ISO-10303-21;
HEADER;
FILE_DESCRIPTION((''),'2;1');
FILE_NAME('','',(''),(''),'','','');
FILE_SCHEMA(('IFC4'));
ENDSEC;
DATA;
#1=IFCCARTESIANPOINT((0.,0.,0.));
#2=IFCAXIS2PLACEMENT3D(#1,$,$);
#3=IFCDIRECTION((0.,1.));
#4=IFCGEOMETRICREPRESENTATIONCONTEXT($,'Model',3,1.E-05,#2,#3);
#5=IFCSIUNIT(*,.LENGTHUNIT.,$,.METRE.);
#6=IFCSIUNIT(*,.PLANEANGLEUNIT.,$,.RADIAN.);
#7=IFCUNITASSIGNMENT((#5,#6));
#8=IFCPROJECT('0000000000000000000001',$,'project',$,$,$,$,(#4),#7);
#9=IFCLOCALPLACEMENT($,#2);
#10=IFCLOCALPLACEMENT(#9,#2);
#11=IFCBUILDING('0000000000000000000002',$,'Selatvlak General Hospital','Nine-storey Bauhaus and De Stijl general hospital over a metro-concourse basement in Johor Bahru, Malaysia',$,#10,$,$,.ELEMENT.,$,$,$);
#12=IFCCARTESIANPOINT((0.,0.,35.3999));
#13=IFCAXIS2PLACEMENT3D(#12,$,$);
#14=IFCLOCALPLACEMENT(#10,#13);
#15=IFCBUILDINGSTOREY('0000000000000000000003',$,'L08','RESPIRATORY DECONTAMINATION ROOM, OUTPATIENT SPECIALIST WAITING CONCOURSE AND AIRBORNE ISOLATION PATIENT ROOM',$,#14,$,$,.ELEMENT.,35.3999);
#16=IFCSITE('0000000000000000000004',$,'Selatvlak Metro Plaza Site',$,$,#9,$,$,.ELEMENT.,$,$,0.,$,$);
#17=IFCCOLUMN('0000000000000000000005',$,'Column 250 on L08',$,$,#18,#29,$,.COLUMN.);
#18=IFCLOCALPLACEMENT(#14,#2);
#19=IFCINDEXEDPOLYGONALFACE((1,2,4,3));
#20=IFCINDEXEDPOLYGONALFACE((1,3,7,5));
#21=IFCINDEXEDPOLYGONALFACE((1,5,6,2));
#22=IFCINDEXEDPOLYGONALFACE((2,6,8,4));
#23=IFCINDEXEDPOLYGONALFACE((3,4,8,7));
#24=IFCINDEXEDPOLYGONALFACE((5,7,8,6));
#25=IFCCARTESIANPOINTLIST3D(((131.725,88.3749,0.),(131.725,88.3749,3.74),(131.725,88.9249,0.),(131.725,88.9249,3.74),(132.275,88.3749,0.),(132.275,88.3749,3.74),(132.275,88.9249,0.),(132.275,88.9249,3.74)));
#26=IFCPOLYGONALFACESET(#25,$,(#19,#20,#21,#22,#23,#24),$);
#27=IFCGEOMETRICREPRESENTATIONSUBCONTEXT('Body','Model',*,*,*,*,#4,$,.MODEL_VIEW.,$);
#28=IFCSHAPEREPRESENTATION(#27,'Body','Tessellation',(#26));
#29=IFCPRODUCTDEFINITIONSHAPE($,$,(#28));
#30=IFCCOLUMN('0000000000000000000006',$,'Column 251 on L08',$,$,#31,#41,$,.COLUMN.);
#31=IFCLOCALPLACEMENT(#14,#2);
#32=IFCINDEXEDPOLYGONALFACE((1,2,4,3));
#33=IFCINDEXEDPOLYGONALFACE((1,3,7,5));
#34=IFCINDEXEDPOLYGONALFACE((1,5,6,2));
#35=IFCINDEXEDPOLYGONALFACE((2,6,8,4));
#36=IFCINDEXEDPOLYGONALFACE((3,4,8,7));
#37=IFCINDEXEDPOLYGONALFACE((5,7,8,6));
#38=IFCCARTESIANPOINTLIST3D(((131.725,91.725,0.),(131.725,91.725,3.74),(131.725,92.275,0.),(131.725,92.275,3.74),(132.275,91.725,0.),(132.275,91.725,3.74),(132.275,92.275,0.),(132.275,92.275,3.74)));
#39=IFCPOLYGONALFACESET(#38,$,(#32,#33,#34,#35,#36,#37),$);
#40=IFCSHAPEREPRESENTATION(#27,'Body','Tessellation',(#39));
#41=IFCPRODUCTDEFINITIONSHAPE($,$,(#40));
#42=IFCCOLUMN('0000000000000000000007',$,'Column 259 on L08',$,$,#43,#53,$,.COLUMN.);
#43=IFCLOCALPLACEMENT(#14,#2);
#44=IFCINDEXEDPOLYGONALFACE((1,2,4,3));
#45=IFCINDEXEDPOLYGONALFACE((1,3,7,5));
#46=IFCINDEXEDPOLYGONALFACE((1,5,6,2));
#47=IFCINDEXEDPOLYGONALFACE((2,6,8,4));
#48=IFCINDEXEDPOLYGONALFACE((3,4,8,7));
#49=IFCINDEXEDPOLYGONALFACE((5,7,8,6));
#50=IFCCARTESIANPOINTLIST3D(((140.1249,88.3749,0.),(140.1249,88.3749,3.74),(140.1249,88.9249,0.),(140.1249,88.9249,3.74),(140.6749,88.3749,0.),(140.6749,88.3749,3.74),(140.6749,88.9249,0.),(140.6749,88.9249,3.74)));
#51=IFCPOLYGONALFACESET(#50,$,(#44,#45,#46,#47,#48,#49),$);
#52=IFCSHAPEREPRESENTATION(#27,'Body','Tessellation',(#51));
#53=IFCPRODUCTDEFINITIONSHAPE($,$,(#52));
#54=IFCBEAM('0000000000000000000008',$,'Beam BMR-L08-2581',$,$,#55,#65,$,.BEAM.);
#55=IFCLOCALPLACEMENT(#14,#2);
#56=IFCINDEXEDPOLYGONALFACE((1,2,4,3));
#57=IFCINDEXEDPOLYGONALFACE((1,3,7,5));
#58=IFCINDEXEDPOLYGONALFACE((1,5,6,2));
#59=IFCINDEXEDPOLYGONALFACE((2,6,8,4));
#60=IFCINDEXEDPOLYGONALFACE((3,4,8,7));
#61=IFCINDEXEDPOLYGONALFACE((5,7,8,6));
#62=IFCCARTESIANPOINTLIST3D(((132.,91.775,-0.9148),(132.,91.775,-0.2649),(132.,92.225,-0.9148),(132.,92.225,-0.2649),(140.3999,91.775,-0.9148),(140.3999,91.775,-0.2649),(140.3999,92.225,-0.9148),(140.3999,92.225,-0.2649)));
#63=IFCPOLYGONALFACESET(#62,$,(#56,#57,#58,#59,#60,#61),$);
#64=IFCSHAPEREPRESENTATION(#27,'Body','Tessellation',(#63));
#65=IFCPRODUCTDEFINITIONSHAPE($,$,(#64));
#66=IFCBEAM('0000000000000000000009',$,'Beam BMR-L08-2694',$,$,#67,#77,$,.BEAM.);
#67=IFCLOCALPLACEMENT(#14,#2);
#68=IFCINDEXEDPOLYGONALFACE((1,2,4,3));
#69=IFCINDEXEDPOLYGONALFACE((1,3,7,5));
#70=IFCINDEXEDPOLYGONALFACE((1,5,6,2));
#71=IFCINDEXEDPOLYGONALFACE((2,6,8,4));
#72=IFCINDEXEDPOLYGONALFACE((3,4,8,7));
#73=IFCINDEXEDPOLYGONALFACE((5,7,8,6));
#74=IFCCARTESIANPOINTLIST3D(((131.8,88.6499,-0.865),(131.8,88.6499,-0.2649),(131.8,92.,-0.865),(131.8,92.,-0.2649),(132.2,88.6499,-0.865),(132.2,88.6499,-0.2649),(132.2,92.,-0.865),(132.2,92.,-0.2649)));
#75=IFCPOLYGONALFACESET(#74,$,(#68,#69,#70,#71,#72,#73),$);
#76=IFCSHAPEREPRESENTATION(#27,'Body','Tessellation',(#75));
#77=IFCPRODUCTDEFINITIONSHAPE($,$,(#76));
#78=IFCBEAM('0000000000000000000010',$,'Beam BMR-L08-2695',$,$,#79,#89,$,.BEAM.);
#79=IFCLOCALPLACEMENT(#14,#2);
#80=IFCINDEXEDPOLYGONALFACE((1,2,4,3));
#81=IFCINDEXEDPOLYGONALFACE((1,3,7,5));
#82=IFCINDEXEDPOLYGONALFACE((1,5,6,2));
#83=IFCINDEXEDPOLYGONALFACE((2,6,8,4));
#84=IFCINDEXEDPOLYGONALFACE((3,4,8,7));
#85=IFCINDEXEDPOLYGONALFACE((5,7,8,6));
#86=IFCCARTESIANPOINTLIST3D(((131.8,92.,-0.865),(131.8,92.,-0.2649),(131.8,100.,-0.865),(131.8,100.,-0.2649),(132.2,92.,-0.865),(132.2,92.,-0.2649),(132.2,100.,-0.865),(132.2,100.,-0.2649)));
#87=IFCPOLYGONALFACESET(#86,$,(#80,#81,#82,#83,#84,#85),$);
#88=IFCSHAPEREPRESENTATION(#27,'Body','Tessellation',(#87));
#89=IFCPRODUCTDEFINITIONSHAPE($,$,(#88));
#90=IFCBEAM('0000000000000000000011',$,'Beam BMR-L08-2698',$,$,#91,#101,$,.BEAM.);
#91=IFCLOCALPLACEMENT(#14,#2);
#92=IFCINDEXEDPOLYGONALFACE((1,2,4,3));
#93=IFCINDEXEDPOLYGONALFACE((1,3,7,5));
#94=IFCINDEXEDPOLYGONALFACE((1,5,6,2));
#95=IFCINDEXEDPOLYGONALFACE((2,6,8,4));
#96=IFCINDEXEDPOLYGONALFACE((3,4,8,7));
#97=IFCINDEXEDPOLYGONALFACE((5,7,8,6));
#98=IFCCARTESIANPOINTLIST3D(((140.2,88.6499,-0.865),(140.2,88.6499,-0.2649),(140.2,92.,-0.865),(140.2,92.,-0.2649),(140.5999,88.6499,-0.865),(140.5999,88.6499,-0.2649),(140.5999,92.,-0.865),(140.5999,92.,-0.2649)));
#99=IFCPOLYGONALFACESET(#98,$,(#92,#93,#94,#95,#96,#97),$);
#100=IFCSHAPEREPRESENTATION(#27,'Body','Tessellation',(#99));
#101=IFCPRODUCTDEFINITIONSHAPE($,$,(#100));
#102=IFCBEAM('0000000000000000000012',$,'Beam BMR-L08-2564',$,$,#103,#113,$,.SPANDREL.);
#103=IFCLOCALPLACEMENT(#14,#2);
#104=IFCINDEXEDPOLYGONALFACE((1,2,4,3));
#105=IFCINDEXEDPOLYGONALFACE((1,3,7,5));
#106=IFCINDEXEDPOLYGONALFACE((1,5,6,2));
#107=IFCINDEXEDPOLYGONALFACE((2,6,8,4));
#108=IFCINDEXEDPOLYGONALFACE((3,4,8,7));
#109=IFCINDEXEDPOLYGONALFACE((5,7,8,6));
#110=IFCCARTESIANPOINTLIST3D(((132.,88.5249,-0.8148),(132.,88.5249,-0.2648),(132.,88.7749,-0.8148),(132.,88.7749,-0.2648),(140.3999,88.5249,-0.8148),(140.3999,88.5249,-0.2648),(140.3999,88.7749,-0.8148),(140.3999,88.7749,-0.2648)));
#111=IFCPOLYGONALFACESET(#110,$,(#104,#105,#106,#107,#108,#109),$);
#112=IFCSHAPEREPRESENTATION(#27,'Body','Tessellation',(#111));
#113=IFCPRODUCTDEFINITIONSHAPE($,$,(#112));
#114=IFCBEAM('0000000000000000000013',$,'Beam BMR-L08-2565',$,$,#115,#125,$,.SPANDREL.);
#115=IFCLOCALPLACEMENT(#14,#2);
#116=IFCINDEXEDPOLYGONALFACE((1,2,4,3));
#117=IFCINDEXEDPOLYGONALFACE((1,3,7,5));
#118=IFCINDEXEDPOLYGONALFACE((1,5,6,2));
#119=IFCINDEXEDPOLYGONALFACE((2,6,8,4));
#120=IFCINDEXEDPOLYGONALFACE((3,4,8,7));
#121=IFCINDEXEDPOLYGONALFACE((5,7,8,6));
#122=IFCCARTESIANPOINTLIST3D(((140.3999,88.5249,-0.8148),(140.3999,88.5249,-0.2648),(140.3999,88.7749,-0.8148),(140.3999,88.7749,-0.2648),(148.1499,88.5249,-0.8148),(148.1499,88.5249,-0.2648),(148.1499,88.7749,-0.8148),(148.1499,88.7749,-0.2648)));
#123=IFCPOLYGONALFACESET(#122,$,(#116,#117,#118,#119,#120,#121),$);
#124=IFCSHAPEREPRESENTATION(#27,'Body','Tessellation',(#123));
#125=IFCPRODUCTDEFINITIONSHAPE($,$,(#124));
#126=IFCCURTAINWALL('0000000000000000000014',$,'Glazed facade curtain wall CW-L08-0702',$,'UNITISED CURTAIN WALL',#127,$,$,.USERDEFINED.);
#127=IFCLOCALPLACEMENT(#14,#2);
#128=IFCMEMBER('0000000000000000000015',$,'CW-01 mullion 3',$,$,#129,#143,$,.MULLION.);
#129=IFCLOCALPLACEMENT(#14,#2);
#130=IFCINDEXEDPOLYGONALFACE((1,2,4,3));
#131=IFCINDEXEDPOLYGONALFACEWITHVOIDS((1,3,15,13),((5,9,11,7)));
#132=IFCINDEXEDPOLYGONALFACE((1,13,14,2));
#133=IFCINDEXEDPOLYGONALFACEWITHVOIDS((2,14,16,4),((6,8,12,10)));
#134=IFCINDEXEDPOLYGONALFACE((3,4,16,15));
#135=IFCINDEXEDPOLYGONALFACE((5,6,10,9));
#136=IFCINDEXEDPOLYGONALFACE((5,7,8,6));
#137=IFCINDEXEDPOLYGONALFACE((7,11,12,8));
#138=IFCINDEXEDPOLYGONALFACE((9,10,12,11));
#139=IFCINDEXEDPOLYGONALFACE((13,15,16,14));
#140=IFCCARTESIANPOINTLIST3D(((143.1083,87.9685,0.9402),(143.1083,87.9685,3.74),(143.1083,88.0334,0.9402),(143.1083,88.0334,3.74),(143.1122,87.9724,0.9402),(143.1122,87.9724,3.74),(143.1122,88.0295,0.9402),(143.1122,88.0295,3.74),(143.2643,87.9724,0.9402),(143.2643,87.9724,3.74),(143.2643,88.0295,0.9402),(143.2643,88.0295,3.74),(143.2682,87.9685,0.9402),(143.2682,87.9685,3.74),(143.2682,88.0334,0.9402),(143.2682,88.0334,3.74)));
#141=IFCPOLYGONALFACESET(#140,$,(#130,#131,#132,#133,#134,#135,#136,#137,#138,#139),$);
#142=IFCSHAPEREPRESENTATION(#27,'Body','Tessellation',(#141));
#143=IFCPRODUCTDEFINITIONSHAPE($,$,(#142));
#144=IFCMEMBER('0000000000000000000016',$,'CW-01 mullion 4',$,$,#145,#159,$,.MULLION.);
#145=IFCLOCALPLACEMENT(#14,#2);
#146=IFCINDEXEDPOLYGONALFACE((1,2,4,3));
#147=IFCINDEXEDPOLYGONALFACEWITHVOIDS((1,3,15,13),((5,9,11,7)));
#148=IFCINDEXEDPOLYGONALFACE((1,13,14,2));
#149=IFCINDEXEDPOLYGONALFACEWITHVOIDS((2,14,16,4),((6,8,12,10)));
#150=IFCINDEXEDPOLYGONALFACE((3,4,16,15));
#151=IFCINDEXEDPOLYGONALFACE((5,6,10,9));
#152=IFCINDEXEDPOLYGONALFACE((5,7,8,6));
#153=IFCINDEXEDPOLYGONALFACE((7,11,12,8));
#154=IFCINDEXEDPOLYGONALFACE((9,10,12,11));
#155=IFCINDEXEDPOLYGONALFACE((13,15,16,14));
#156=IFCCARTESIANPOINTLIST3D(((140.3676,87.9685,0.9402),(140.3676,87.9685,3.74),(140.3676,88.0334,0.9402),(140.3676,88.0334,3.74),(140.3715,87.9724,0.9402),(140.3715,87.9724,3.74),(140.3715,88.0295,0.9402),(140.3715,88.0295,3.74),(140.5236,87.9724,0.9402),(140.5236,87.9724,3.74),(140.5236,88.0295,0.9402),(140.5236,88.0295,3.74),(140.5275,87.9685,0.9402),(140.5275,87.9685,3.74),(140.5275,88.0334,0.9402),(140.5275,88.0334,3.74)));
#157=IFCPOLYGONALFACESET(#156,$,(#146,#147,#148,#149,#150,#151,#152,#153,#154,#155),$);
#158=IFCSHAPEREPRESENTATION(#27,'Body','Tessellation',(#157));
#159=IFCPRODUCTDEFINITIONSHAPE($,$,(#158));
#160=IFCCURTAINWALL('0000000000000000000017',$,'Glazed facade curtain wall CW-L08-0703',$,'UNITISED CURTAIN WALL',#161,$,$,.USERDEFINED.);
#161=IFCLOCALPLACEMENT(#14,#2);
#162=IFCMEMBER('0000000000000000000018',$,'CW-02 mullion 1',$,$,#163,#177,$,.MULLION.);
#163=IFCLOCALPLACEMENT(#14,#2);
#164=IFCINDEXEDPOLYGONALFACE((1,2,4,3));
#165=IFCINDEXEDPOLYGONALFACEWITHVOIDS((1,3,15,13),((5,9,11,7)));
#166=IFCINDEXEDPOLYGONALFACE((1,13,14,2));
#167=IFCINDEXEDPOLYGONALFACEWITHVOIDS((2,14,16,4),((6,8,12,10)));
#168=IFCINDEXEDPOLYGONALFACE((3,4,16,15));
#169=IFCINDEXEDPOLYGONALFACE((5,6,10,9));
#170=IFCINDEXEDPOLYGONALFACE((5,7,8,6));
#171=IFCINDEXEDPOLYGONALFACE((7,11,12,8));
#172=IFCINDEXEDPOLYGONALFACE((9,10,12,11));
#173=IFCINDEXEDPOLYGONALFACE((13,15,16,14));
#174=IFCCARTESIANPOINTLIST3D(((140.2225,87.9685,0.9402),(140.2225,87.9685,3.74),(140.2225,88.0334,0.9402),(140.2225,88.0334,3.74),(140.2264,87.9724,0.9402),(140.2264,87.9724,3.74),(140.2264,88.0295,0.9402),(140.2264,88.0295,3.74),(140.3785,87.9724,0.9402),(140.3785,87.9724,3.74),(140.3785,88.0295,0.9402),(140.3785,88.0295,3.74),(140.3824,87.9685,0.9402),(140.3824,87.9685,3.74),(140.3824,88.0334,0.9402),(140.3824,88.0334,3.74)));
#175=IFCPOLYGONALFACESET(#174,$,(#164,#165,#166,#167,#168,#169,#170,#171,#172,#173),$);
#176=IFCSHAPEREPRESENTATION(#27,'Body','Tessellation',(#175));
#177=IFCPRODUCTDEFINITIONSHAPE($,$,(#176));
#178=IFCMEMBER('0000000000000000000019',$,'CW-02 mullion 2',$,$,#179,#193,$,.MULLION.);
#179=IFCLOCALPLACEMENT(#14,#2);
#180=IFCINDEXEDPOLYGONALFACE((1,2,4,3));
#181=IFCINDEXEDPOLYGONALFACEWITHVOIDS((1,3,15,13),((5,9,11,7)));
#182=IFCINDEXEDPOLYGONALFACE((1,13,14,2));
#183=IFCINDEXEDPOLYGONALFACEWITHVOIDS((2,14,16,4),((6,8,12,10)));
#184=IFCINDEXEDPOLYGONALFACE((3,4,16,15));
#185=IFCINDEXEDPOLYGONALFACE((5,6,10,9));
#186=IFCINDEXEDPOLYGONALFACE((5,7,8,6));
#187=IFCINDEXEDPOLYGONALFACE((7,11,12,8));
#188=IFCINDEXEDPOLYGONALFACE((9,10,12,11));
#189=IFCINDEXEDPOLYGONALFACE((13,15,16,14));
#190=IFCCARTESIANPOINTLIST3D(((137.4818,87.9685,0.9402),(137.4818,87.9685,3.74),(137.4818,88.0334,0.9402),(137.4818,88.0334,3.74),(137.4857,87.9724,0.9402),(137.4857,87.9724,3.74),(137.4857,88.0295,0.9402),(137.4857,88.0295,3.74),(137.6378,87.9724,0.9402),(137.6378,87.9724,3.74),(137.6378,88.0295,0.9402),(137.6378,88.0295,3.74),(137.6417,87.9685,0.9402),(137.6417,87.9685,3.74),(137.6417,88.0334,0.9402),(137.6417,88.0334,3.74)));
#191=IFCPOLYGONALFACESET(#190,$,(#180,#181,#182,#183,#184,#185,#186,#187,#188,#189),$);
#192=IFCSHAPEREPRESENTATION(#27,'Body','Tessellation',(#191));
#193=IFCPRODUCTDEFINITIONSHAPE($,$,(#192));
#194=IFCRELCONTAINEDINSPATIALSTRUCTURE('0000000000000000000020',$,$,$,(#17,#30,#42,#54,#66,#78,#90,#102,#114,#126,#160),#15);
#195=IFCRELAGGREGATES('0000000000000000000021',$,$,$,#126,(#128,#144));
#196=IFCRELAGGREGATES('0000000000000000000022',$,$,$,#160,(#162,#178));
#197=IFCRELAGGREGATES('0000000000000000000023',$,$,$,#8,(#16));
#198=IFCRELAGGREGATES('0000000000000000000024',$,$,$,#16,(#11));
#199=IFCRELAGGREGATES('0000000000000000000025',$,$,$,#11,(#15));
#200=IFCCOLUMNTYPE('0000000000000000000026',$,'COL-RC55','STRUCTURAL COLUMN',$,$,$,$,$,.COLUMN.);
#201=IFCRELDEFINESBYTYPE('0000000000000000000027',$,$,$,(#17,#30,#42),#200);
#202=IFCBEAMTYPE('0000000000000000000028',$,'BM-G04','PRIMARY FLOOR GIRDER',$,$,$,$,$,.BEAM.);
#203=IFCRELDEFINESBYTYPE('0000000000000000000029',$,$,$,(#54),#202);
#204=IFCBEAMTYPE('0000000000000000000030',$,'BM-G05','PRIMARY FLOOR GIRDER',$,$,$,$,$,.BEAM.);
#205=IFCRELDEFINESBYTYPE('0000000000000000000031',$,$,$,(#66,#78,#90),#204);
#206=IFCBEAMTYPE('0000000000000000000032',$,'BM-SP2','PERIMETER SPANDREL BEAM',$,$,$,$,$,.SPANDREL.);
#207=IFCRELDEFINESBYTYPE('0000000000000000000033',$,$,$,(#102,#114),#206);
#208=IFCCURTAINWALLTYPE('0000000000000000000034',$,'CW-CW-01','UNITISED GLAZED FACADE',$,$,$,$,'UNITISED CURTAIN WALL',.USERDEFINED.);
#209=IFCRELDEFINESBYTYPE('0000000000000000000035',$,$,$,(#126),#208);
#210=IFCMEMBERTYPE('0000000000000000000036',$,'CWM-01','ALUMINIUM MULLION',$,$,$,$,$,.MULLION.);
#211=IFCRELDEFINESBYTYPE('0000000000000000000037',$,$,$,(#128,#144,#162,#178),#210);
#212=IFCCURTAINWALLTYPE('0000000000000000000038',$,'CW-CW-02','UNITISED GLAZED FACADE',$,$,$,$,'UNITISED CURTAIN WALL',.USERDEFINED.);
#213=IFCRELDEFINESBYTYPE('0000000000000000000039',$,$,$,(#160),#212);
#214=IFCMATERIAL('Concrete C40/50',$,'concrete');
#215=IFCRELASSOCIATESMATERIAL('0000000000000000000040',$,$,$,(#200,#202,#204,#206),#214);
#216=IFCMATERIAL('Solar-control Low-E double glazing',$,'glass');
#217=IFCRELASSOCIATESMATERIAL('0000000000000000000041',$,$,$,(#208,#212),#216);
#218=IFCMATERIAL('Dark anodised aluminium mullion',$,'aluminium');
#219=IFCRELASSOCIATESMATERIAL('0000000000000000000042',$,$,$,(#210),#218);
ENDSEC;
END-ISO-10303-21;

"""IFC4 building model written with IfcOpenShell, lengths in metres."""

from ifc_helpers import new_model, si_unit, direction, frame, origin, origin_2d, place, context, subcontext, project, spatial, rectangle, hollow_rectangle, extrude, material, material_profile, profile_set, type_object, element, aggregate, save


model = new_model("IFC4")

# Units and contexts
model_context = context("Model", 3, precision=1e-05, world=origin(), true_north=direction((0.0, 1.0)))
body_context = subcontext(model_context, "Body", "Model", "MODEL_VIEW")
ifc_project = project(units=[si_unit("LENGTHUNIT", "METRE"), si_unit("PLANEANGLEUNIT", "RADIAN")], contexts=[model_context])

# Site, building, storey
site_placement = place(None, origin())
site = spatial("IfcSite", under=ifc_project, at=site_placement, Name="Selatvlak Metro Plaza Site", CompositionType="ELEMENT", RefElevation=0.0)
building_placement = place(site_placement, origin())
building = spatial("IfcBuilding", under=site, at=building_placement, Name="Selatvlak General Hospital", Description="Nine-storey Bauhaus and De Stijl general hospital over a metro-concourse basement in Johor Bahru, Malaysia", CompositionType="ELEMENT")
storey_placement = place(building_placement, frame((0.0, 0.0, 35.3999)))
storey = spatial("IfcBuildingStorey", under=building, at=storey_placement, Name="L08", Description="RESPIRATORY DECONTAMINATION ROOM, OUTPATIENT SPECIALIST WAITING CONCOURSE AND AIRBORNE ISOLATION PATIENT ROOM", CompositionType="ELEMENT", Elevation=35.3999)

# Columns
ifc_material_1 = material(Name="Concrete C40/50", Category="concrete")
ifc_material_profile_1 = material_profile(ifc_material_1, rectangle(XDim=0.55, YDim=0.55, at=origin_2d()), Name="RC-COL 550x550")
ifc_profile_set_1 = profile_set([ifc_material_profile_1], Name="Concrete C40/50")
column_type = type_object("IfcColumnType", Name="COL-RC55", Description="STRUCTURAL COLUMN", PredefinedType="COLUMN", material=ifc_profile_set_1)
for number, where, z_axis, x_axis, name in (
    (1, (132.0, 88.6499, 0.0), (0.0, 0.0, 1.0), (1.0, 0.0, 0.0), "Column 250 on L08"),
    (2, (132.0, 92.0, 0.0), (0.0, 0.0, 1.0), (1.0, 0.0, 0.0), "Column 251 on L08"),
    (3, (140.3999, 88.6499, 0.0), (0.0, 0.0, 1.0), (1.0, 0.0, 0.0), "Column 259 on L08"),
):
    element("IfcColumn", number, at=place(storey_placement, frame(where, z_axis=z_axis, x_axis=x_axis)), inside=storey, type_object=column_type, Name=name, PredefinedType="COLUMN", context=body_context, shape_type="SweptSolid", body=[
        extrude(rectangle(XDim=0.55, YDim=0.55, at=origin_2d()), origin(), (0.0, 0.0, 1.0), 3.74),
    ])

# Beams
ifc_material_profile_2 = material_profile(ifc_material_1, rectangle(XDim=0.45, YDim=0.6499, at=origin_2d()), Name="RC-BM 450x650")
ifc_profile_set_2 = profile_set([ifc_material_profile_2], Name="Concrete C40/50")
beam_type_1 = type_object("IfcBeamType", Name="BM-G04", Description="PRIMARY FLOOR GIRDER", PredefinedType="BEAM", material=ifc_profile_set_2)
beam_1_placement = place(storey_placement, frame((132.0, 92.0, -0.5898), z_axis=(1.0, 0.0, 0.0), x_axis=(0.0, 1.0, 0.0)))
element("IfcBeam", 4, at=beam_1_placement, inside=storey, type_object=beam_type_1, Name="Beam BMR-L08-2581", PredefinedType="BEAM", context=body_context, shape_type="SweptSolid", body=[
    extrude(rectangle(XDim=0.45, YDim=0.6499, at=origin_2d()), origin(), (0.0, 0.0, 1.0), 8.3999),
])
ifc_material_profile_3 = material_profile(ifc_material_1, rectangle(XDim=0.3999, YDim=0.6001, at=origin_2d()), Name="RC-BM 400x600")
ifc_profile_set_3 = profile_set([ifc_material_profile_3], Name="Concrete C40/50")
beam_type_2 = type_object("IfcBeamType", Name="BM-G05", Description="PRIMARY FLOOR GIRDER", PredefinedType="BEAM", material=ifc_profile_set_3)
beam_2_placement = place(storey_placement, frame((132.0, 88.6499, -0.5649), z_axis=(0.0, 1.0, 0.0), x_axis=(-1.0, 0.0, 0.0)))
element("IfcBeam", 5, at=beam_2_placement, inside=storey, type_object=beam_type_2, Name="Beam BMR-L08-2694", PredefinedType="BEAM", context=body_context, shape_type="SweptSolid", body=[
    extrude(rectangle(XDim=0.3999, YDim=0.6001, at=origin_2d()), origin(), (0.0, 0.0, 1.0), 3.3501),
])
beam_3_placement = place(storey_placement, frame((132.0, 92.0, -0.5649), z_axis=(0.0, 1.0, 0.0), x_axis=(-1.0, 0.0, 0.0)))
element("IfcBeam", 6, at=beam_3_placement, inside=storey, type_object=beam_type_2, Name="Beam BMR-L08-2695", PredefinedType="BEAM", context=body_context, shape_type="SweptSolid", body=[
    extrude(rectangle(XDim=0.3999, YDim=0.6001, at=origin_2d()), origin(), (0.0, 0.0, 1.0), 8.0),
])
beam_4_placement = place(storey_placement, frame((140.3999, 88.6499, -0.5649), z_axis=(0.0, 1.0, 0.0), x_axis=(-1.0, 0.0, 0.0)))
element("IfcBeam", 7, at=beam_4_placement, inside=storey, type_object=beam_type_2, Name="Beam BMR-L08-2698", PredefinedType="BEAM", context=body_context, shape_type="SweptSolid", body=[
    extrude(rectangle(XDim=0.3999, YDim=0.6001, at=origin_2d()), origin(), (0.0, 0.0, 1.0), 3.3501),
])
ifc_material_profile_4 = material_profile(ifc_material_1, rectangle(XDim=0.25, YDim=0.55, at=origin_2d()), Name="RC-SP 250x550")
ifc_profile_set_4 = profile_set([ifc_material_profile_4], Name="Concrete C40/50")
beam_type_3 = type_object("IfcBeamType", Name="BM-SP2", Description="PERIMETER SPANDREL BEAM", PredefinedType="SPANDREL", material=ifc_profile_set_4)
beam_5_placement = place(storey_placement, frame((132.0, 88.6499, -0.5398), z_axis=(1.0, 0.0, 0.0), x_axis=(0.0, 1.0, 0.0)))
element("IfcBeam", 8, at=beam_5_placement, inside=storey, type_object=beam_type_3, Name="Beam BMR-L08-2564", PredefinedType="SPANDREL", context=body_context, shape_type="SweptSolid", body=[
    extrude(rectangle(XDim=0.25, YDim=0.55, at=origin_2d()), origin(), (0.0, 0.0, 1.0), 8.3999),
])
beam_6_placement = place(storey_placement, frame((140.3999, 88.6499, -0.5398), z_axis=(1.0, 0.0, 0.0), x_axis=(0.0, 1.0, 0.0)))
element("IfcBeam", 9, at=beam_6_placement, inside=storey, type_object=beam_type_3, Name="Beam BMR-L08-2565", PredefinedType="SPANDREL", context=body_context, shape_type="SweptSolid", body=[
    extrude(rectangle(XDim=0.25, YDim=0.55, at=origin_2d()), origin(), (0.0, 0.0, 1.0), 7.75),
])

# Curtain walls, members
ifc_material_2 = material(Name="Solar-control Low-E double glazing", Category="glass")
curtain_wall_type_1 = type_object("IfcCurtainWallType", Name="CW-CW-01", Description="UNITISED GLAZED FACADE", ElementType="UNITISED CURTAIN WALL", PredefinedType="USERDEFINED", material=ifc_material_2)
curtain_wall_1_placement = place(storey_placement, origin())
curtain_wall_1 = element("IfcCurtainWall", 10, at=curtain_wall_1_placement, inside=storey, type_object=curtain_wall_type_1, Name="Glazed facade curtain wall CW-L08-0702", ObjectType="UNITISED CURTAIN WALL", PredefinedType="USERDEFINED")
ifc_material_3 = material(Name="Dark anodised aluminium mullion", Category="aluminium")
ifc_material_profile_5 = material_profile(ifc_material_3, hollow_rectangle(XDim=0.0649, YDim=0.1599, WallThickness=0.0039, at=origin_2d()), Name="AL-MUL 65x160x4")
ifc_profile_set_5 = profile_set([ifc_material_profile_5], Name="Dark anodised aluminium mullion")
member_type_1 = type_object("IfcMemberType", Name="CWM-01", Description="ALUMINIUM MULLION", PredefinedType="MULLION", material=ifc_profile_set_5)
member_1_placement = place(storey_placement, frame((143.1882, 88.001, 0.9402), z_axis=(0.0, 0.0, 1.0), x_axis=(0.0, -1.0, 0.0)))
member_1 = element("IfcMember", 11, at=member_1_placement, type_object=member_type_1, Name="CW-01 mullion 3", PredefinedType="MULLION", context=body_context, shape_type="SweptSolid", body=[
    extrude(hollow_rectangle(XDim=0.0649, YDim=0.1599, WallThickness=0.0039, at=origin_2d()), origin(), (0.0, 0.0, 1.0), 2.7998),
])
member_2_placement = place(storey_placement, frame((140.4475, 88.001, 0.9402), z_axis=(0.0, 0.0, 1.0), x_axis=(0.0, -1.0, 0.0)))
member_2 = element("IfcMember", 12, at=member_2_placement, type_object=member_type_1, Name="CW-01 mullion 4", PredefinedType="MULLION", context=body_context, shape_type="SweptSolid", body=[
    extrude(hollow_rectangle(XDim=0.0649, YDim=0.1599, WallThickness=0.0039, at=origin_2d()), origin(), (0.0, 0.0, 1.0), 2.7998),
])
curtain_wall_type_2 = type_object("IfcCurtainWallType", Name="CW-CW-02", Description="UNITISED GLAZED FACADE", ElementType="UNITISED CURTAIN WALL", PredefinedType="USERDEFINED", material=ifc_material_2)
curtain_wall_2_placement = place(storey_placement, origin())
curtain_wall_2 = element("IfcCurtainWall", 13, at=curtain_wall_2_placement, inside=storey, type_object=curtain_wall_type_2, Name="Glazed facade curtain wall CW-L08-0703", ObjectType="UNITISED CURTAIN WALL", PredefinedType="USERDEFINED")
member_3_placement = place(storey_placement, frame((140.3025, 88.001, 0.9402), z_axis=(0.0, 0.0, 1.0), x_axis=(0.0, -1.0, 0.0)))
member_3 = element("IfcMember", 14, at=member_3_placement, type_object=member_type_1, Name="CW-02 mullion 1", PredefinedType="MULLION", context=body_context, shape_type="SweptSolid", body=[
    extrude(hollow_rectangle(XDim=0.0649, YDim=0.1599, WallThickness=0.0039, at=origin_2d()), origin(), (0.0, 0.0, 1.0), 2.7998),
])
member_4_placement = place(storey_placement, frame((137.5618, 88.001, 0.9402), z_axis=(0.0, 0.0, 1.0), x_axis=(0.0, -1.0, 0.0)))
member_4 = element("IfcMember", 15, at=member_4_placement, type_object=member_type_1, Name="CW-02 mullion 2", PredefinedType="MULLION", context=body_context, shape_type="SweptSolid", body=[
    extrude(hollow_rectangle(XDim=0.0649, YDim=0.1599, WallThickness=0.0039, at=origin_2d()), origin(), (0.0, 0.0, 1.0), 2.7998),
])

aggregate(curtain_wall_1, [member_1, member_2])
aggregate(curtain_wall_2, [member_3, member_4])

save(model, "model.ifc")
